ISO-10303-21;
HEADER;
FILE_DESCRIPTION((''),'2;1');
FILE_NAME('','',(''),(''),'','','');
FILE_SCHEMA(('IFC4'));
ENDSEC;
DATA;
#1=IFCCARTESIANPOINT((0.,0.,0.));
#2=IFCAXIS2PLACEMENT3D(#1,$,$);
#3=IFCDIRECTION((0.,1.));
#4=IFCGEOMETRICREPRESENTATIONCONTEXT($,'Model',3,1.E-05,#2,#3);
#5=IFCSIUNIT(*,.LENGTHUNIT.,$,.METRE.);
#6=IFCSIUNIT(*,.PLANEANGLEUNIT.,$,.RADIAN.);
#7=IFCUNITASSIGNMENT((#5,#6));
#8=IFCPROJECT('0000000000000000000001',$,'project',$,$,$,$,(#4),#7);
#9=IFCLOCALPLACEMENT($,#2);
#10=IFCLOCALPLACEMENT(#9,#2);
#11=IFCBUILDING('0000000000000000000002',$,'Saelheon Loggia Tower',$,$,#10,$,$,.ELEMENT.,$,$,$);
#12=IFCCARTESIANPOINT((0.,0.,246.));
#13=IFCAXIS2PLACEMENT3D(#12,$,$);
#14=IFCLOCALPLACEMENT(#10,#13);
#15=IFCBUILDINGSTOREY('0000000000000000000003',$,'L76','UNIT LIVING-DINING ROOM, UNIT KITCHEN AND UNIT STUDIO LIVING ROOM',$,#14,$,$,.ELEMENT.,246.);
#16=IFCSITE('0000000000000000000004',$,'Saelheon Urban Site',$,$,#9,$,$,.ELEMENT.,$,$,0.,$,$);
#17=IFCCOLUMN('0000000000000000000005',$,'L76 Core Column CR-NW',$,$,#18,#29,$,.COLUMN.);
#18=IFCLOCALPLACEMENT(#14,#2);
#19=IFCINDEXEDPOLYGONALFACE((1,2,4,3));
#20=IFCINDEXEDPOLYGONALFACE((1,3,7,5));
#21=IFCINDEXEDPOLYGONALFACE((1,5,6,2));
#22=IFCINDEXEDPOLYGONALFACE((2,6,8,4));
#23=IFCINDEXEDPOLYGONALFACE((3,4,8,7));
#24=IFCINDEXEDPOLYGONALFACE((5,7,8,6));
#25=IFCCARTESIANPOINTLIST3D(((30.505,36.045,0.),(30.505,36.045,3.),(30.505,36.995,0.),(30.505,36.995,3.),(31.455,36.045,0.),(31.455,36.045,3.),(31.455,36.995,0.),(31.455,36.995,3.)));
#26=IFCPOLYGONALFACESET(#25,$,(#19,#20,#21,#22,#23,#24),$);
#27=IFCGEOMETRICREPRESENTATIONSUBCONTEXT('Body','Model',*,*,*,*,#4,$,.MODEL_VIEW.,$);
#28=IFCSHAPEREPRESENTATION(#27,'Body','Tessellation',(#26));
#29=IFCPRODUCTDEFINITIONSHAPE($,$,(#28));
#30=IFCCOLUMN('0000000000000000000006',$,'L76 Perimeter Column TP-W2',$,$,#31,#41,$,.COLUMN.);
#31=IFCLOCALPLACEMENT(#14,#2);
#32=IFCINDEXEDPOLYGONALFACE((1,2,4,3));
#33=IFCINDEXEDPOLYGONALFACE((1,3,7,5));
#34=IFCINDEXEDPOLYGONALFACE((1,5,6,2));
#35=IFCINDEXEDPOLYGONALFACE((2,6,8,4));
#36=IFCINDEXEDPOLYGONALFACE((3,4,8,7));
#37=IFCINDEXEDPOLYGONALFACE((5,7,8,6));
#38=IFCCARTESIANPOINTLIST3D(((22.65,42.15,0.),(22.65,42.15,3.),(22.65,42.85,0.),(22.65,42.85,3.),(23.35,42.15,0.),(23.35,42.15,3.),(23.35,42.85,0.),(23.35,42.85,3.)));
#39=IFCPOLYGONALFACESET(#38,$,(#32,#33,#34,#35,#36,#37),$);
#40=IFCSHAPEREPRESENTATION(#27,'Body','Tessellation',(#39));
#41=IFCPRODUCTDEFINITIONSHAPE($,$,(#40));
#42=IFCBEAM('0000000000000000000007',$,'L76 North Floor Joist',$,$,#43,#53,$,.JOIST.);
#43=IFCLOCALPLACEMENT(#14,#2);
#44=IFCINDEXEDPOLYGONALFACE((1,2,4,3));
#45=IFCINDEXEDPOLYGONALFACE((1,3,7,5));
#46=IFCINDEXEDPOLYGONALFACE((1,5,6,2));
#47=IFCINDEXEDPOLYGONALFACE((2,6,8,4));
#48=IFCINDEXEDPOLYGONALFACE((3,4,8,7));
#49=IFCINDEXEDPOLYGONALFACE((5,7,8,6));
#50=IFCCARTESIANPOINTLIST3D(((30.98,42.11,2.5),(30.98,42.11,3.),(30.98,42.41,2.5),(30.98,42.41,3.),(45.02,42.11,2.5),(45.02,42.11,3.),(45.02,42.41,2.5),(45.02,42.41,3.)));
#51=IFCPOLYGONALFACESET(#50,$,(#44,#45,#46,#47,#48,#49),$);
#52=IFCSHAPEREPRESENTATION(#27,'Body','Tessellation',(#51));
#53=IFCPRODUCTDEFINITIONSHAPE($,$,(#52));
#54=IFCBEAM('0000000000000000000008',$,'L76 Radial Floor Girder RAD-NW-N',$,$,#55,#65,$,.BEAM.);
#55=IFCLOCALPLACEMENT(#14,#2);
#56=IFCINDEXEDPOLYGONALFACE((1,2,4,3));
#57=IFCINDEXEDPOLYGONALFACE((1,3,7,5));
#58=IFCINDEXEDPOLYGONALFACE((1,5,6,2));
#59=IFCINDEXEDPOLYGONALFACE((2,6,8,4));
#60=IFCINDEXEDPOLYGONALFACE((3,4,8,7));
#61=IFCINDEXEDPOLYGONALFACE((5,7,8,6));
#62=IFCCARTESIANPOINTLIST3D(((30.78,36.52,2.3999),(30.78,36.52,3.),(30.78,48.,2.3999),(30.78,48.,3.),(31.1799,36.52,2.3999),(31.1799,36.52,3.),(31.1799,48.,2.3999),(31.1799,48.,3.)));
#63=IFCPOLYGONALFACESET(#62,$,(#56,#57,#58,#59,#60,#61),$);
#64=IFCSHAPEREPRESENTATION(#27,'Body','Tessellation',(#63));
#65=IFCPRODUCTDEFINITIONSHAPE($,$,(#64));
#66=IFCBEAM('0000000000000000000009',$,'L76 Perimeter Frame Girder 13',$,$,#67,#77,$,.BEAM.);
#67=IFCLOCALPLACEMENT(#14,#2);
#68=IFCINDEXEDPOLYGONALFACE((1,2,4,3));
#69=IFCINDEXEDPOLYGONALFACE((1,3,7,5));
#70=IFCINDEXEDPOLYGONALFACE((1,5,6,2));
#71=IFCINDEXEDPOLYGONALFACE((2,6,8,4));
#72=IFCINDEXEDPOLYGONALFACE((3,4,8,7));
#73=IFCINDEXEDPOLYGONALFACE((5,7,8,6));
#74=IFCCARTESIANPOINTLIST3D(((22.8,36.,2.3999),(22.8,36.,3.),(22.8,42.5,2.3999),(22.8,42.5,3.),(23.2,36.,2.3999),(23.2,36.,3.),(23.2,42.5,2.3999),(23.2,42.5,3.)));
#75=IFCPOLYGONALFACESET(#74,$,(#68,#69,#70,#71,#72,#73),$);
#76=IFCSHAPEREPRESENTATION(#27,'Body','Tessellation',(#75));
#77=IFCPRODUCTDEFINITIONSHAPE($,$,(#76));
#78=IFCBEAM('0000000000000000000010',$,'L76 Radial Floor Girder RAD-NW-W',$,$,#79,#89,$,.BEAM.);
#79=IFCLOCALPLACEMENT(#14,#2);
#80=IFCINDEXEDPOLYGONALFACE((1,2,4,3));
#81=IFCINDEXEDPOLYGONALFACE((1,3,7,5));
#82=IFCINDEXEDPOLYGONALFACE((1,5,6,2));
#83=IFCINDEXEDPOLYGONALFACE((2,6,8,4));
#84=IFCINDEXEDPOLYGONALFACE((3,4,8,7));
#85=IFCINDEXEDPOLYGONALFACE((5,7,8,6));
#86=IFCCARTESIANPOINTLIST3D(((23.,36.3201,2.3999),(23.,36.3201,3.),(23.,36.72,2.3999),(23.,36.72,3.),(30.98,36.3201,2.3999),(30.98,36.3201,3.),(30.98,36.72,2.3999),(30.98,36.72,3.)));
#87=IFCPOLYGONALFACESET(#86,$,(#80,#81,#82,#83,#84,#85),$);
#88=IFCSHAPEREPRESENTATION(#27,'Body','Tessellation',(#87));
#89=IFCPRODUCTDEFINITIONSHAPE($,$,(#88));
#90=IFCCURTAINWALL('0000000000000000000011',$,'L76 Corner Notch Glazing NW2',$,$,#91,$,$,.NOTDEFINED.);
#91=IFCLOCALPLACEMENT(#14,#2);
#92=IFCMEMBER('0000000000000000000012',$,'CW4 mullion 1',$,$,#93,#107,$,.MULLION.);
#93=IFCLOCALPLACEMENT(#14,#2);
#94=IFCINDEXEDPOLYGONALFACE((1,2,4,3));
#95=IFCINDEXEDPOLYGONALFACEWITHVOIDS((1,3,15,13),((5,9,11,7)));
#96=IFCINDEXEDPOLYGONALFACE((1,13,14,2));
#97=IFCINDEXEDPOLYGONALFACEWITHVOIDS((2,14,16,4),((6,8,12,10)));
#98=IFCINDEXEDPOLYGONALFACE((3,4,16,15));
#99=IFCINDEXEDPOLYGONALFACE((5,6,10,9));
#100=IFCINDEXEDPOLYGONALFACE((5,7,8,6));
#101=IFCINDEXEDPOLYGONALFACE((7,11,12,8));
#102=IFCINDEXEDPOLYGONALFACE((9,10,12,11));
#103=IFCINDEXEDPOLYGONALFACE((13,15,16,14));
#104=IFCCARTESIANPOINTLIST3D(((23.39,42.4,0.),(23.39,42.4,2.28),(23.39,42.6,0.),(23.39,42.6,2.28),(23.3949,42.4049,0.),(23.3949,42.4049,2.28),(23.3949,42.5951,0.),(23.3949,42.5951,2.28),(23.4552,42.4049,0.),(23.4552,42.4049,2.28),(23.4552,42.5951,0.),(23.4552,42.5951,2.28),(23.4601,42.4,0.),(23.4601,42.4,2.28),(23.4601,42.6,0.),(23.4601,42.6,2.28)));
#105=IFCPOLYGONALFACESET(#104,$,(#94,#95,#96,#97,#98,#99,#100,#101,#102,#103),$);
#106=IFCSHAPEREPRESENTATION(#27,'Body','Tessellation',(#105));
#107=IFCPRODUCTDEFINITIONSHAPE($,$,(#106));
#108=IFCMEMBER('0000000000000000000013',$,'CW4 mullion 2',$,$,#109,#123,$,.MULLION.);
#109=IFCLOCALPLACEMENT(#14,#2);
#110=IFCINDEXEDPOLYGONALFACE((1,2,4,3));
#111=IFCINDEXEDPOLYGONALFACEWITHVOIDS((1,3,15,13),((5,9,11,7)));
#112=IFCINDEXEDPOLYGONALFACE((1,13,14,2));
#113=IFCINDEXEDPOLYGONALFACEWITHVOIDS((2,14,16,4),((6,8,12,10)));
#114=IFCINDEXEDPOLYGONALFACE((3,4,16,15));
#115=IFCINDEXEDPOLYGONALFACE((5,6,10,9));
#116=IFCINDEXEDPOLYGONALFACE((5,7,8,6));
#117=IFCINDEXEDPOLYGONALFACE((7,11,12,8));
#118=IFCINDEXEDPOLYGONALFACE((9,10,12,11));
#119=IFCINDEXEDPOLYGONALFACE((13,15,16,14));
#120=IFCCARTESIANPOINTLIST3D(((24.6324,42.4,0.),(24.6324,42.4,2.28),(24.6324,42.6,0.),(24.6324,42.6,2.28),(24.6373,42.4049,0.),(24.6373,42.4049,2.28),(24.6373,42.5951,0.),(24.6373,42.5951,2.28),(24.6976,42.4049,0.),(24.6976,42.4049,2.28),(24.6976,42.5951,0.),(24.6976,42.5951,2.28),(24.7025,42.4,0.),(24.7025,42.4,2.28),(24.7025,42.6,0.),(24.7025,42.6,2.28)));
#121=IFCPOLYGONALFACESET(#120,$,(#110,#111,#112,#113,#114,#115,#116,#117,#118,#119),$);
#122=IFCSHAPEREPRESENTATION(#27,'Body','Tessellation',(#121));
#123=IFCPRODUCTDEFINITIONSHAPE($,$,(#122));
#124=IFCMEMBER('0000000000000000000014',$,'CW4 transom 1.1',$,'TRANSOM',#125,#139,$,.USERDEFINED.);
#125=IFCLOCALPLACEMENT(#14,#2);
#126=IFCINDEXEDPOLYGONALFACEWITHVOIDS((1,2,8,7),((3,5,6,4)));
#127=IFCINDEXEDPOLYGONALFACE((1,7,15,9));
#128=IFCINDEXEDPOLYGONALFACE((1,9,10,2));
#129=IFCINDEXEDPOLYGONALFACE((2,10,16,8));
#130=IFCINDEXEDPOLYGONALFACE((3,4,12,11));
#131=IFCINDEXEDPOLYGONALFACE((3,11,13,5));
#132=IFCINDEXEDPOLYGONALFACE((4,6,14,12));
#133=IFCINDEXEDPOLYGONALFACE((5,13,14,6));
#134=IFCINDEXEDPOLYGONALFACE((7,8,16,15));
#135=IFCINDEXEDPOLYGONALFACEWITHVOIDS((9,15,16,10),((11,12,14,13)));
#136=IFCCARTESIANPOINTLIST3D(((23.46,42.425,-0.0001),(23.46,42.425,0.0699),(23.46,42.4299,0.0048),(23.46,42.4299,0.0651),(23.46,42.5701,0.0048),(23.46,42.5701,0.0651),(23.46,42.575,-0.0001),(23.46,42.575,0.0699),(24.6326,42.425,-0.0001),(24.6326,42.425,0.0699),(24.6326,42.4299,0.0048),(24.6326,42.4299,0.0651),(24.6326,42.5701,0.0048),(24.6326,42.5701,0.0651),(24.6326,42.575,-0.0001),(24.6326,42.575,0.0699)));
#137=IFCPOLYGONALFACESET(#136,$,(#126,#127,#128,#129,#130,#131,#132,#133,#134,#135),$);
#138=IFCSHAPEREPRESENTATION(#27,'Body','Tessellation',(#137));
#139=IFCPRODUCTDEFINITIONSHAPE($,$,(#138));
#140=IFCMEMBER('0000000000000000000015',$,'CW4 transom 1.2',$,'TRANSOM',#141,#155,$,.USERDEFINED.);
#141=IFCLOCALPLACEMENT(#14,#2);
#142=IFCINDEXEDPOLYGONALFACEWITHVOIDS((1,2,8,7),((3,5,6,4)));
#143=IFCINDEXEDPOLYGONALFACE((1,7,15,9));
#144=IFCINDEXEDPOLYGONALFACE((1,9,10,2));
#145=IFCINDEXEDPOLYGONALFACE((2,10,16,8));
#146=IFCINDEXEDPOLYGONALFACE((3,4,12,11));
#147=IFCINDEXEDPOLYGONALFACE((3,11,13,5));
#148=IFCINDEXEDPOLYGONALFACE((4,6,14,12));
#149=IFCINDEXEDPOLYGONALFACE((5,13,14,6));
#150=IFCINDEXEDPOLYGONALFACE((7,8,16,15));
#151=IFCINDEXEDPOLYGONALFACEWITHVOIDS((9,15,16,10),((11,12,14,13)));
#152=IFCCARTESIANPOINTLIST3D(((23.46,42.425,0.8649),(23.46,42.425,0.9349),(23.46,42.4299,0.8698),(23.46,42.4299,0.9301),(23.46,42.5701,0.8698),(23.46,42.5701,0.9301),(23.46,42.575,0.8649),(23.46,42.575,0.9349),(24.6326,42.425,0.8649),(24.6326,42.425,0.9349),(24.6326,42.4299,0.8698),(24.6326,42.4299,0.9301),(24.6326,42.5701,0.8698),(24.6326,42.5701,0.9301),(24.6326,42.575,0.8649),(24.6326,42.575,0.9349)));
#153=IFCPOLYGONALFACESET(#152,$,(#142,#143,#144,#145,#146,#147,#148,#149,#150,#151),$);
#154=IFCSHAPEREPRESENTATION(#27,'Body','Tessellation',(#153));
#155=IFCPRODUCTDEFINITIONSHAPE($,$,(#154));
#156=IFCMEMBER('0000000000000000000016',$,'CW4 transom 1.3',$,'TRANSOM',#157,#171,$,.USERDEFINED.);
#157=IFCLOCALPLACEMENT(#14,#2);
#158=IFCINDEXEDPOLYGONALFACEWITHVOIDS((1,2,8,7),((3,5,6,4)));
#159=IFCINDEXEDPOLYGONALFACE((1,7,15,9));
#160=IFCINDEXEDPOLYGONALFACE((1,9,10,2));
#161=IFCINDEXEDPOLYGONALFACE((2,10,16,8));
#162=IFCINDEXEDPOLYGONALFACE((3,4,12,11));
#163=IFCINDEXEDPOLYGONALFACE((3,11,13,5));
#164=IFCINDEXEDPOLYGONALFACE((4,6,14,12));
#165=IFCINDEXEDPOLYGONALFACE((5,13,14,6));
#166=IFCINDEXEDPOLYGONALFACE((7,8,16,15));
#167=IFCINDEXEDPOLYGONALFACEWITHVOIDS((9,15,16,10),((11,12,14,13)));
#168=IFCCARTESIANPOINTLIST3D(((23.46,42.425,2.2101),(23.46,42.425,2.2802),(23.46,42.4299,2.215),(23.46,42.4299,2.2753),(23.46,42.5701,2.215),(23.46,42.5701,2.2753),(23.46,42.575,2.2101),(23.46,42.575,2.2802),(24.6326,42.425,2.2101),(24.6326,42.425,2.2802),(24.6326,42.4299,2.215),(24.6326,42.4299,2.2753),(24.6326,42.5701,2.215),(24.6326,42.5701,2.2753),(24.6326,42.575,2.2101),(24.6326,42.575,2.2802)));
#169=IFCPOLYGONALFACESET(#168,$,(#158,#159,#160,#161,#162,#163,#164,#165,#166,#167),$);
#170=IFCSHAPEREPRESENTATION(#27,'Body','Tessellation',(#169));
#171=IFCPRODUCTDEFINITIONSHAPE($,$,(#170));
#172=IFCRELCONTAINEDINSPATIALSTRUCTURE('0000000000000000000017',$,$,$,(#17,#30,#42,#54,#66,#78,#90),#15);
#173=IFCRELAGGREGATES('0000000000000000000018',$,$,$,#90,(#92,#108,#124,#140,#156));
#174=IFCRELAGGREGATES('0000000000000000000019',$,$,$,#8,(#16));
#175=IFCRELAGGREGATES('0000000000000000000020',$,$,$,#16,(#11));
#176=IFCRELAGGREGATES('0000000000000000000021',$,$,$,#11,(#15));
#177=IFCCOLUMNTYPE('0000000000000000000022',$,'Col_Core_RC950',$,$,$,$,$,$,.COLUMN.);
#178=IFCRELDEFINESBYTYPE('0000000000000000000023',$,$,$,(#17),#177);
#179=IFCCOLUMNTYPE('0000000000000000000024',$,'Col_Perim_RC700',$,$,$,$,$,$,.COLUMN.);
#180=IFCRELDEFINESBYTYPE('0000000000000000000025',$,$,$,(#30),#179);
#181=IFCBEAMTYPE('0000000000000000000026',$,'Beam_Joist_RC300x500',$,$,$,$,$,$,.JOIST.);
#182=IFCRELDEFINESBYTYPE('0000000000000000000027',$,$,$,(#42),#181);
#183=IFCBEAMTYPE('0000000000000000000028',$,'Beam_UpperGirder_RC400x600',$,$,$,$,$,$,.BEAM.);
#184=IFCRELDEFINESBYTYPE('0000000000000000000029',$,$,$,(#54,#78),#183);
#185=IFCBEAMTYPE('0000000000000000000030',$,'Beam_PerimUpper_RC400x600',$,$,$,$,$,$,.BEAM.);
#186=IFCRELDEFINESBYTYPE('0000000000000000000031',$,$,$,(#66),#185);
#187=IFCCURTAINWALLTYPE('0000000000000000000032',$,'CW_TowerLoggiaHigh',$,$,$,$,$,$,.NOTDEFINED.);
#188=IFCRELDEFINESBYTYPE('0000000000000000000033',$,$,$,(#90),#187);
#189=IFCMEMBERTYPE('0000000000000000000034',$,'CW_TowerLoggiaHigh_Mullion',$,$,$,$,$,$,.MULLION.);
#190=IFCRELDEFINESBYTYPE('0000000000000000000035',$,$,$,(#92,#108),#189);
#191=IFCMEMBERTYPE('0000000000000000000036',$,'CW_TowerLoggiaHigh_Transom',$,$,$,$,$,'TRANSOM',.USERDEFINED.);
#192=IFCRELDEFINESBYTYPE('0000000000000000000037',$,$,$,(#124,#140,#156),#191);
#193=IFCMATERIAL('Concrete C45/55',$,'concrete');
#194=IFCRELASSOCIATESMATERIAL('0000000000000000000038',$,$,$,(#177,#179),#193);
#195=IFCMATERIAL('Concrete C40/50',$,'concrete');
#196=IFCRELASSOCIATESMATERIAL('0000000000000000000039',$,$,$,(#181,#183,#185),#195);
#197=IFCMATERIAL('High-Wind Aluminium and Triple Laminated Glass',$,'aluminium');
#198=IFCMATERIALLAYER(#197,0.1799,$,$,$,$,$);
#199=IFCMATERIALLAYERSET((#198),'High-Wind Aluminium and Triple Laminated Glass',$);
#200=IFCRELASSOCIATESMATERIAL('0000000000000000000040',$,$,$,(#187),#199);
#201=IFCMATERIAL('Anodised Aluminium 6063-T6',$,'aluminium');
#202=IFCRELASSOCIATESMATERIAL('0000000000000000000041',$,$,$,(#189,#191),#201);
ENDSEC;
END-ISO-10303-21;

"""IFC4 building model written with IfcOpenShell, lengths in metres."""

from ifc_helpers import new_model, si_unit, direction, frame, origin, origin_2d, place, context, subcontext, project, spatial, rectangle, hollow_rectangle, extrude, source, transform, mapped, material, layer, layer_set, material_profile, profile_set, type_object, element, aggregate, save


model = new_model("IFC4")

# Units and contexts
model_context = context("Model", 3, precision=1e-05, world=origin(), true_north=direction((0.0, 1.0)))
body_context = subcontext(model_context, "Body", "Model", "MODEL_VIEW")
ifc_project = project(units=[si_unit("LENGTHUNIT", "METRE"), si_unit("PLANEANGLEUNIT", "RADIAN")], contexts=[model_context])

# Site, building, storey
site_placement = place(None, origin())
site = spatial("IfcSite", under=ifc_project, at=site_placement, Name="Saelheon Urban Site", CompositionType="ELEMENT", RefElevation=0.0)
building_placement = place(site_placement, origin())
building = spatial("IfcBuilding", under=site, at=building_placement, Name="Saelheon Loggia Tower", CompositionType="ELEMENT")
storey_placement = place(building_placement, frame((0.0, 0.0, 246.0)))
storey = spatial("IfcBuildingStorey", under=building, at=storey_placement, Name="L76", Description="UNIT LIVING-DINING ROOM, UNIT KITCHEN AND UNIT STUDIO LIVING ROOM", CompositionType="ELEMENT", Elevation=246.0)

# Columns
ifc_material_1 = material(Name="Concrete C45/55", Category="concrete")
ifc_material_profile_1 = material_profile(ifc_material_1, rectangle(XDim=0.95, YDim=0.95, at=origin_2d()), Name="RC-950x950")
ifc_profile_set_1 = profile_set([ifc_material_profile_1], Name="Concrete C45/55")
column_type_1 = type_object("IfcColumnType", Name="Col_Core_RC950", PredefinedType="COLUMN", material=ifc_profile_set_1)
shared_shape_1 = source(origin(), body_context, "Body", "SweptSolid", [
    extrude(rectangle(XDim=0.95, YDim=0.95, at=origin_2d()), origin(), (0.0, 0.0, 1.0), 3.0),
])
column_1_placement = place(storey_placement, frame((30.98, 36.52, 0.0), z_axis=(0.0, 0.0, 1.0), x_axis=(1.0, 0.0, 0.0)))
element("IfcColumn", 1, at=column_1_placement, inside=storey, type_object=column_type_1, Name="L76 Core Column CR-NW", PredefinedType="COLUMN", context=body_context, shape_type="MappedRepresentation", body=[
    mapped(shared_shape_1, transform((0.0, 0.0, 0.0), scale=1.0)),
])
ifc_material_profile_2 = material_profile(ifc_material_1, rectangle(XDim=0.7, YDim=0.7, at=origin_2d()), Name="RC-700x700")
ifc_profile_set_2 = profile_set([ifc_material_profile_2], Name="Concrete C45/55")
column_type_2 = type_object("IfcColumnType", Name="Col_Perim_RC700", PredefinedType="COLUMN", material=ifc_profile_set_2)
shared_shape_2 = source(origin(), body_context, "Body", "SweptSolid", [
    extrude(rectangle(XDim=0.7, YDim=0.7, at=origin_2d()), origin(), (0.0, 0.0, 1.0), 3.0),
])
column_2_placement = place(storey_placement, frame((23.0, 42.5, 0.0), z_axis=(0.0, 0.0, 1.0), x_axis=(1.0, 0.0, 0.0)))
element("IfcColumn", 2, at=column_2_placement, inside=storey, type_object=column_type_2, Name="L76 Perimeter Column TP-W2", PredefinedType="COLUMN", context=body_context, shape_type="MappedRepresentation", body=[
    mapped(shared_shape_2, transform((0.0, 0.0, 0.0), scale=1.0)),
])

# Beams
ifc_material_2 = material(Name="Concrete C40/50", Category="concrete")
ifc_material_profile_3 = material_profile(ifc_material_2, rectangle(XDim=0.3, YDim=0.5, at=origin_2d()), Name="RC-300x500")
ifc_profile_set_3 = profile_set([ifc_material_profile_3], Name="Concrete C40/50")
beam_type_1 = type_object("IfcBeamType", Name="Beam_Joist_RC300x500", PredefinedType="JOIST", material=ifc_profile_set_3)
shared_shape_3 = source(origin(), body_context, "Body", "SweptSolid", [
    extrude(rectangle(XDim=0.3, YDim=0.5, at=origin_2d()), origin(), (0.0, 0.0, 1.0), 14.04),
])
beam_1_placement = place(storey_placement, frame((30.98, 42.26, 2.75), z_axis=(1.0, 0.0, 0.0), x_axis=(0.0, 1.0, 0.0)))
element("IfcBeam", 3, at=beam_1_placement, inside=storey, type_object=beam_type_1, Name="L76 North Floor Joist", PredefinedType="JOIST", context=body_context, shape_type="MappedRepresentation", body=[
    mapped(shared_shape_3, transform((0.0, 0.0, 0.0), scale=1.0)),
])
ifc_material_profile_4 = material_profile(ifc_material_2, rectangle(XDim=0.3999, YDim=0.6001, at=origin_2d()), Name="RC-400x600")
ifc_profile_set_4 = profile_set([ifc_material_profile_4], Name="Concrete C40/50")
beam_type_2 = type_object("IfcBeamType", Name="Beam_UpperGirder_RC400x600", PredefinedType="BEAM", material=ifc_profile_set_4)
shared_shape_4 = source(origin(), body_context, "Body", "SweptSolid", [
    extrude(rectangle(XDim=0.3999, YDim=0.6001, at=origin_2d()), origin(), (0.0, 0.0, 1.0), 11.48),
])
beam_2_placement = place(storey_placement, frame((30.98, 36.52, 2.7), z_axis=(0.0, 1.0, 0.0), x_axis=(-1.0, 0.0, 0.0)))
element("IfcBeam", 4, at=beam_2_placement, inside=storey, type_object=beam_type_2, Name="L76 Radial Floor Girder RAD-NW-N", PredefinedType="BEAM", context=body_context, shape_type="MappedRepresentation", body=[
    mapped(shared_shape_4, transform((0.0, 0.0, 0.0), scale=1.0)),
])
ifc_material_profile_5 = material_profile(ifc_material_2, rectangle(XDim=0.3999, YDim=0.6001, at=origin_2d()), Name="RC-400x600")
ifc_profile_set_5 = profile_set([ifc_material_profile_5], Name="Concrete C40/50")
beam_type_3 = type_object("IfcBeamType", Name="Beam_PerimUpper_RC400x600", PredefinedType="BEAM", material=ifc_profile_set_5)
shared_shape_5 = source(origin(), body_context, "Body", "SweptSolid", [
    extrude(rectangle(XDim=0.3999, YDim=0.6001, at=origin_2d()), origin(), (0.0, 0.0, 1.0), 6.5),
])
beam_3_placement = place(storey_placement, frame((23.0, 42.5, 2.7), z_axis=(0.0, -1.0, 0.0), x_axis=(1.0, 0.0, 0.0)))
element("IfcBeam", 5, at=beam_3_placement, inside=storey, type_object=beam_type_3, Name="L76 Perimeter Frame Girder 13", PredefinedType="BEAM", context=body_context, shape_type="MappedRepresentation", body=[
    mapped(shared_shape_5, transform((0.0, 0.0, 0.0), scale=1.0)),
])
shared_shape_6 = source(origin(), body_context, "Body", "SweptSolid", [
    extrude(rectangle(XDim=0.3999, YDim=0.6001, at=origin_2d()), origin(), (0.0, 0.0, 1.0), 7.98),
])
beam_4_placement = place(storey_placement, frame((30.98, 36.52, 2.7), z_axis=(-1.0, 0.0, 0.0), x_axis=(0.0, -1.0, 0.0)))
element("IfcBeam", 6, at=beam_4_placement, inside=storey, type_object=beam_type_2, Name="L76 Radial Floor Girder RAD-NW-W", PredefinedType="BEAM", context=body_context, shape_type="MappedRepresentation", body=[
    mapped(shared_shape_6, transform((0.0, 0.0, 0.0), scale=1.0)),
])

# Curtain wall, members
ifc_material_3 = material(Name="High-Wind Aluminium and Triple Laminated Glass", Category="aluminium")
ifc_layer_1 = layer(ifc_material_3, 0.1799)
ifc_layer_set_1 = layer_set([ifc_layer_1], Name="High-Wind Aluminium and Triple Laminated Glass")
curtain_wall_type = type_object("IfcCurtainWallType", Name="CW_TowerLoggiaHigh", PredefinedType="NOTDEFINED", material=ifc_layer_set_1)
curtain_wall_placement = place(storey_placement, origin())
curtain_wall = element("IfcCurtainWall", 7, at=curtain_wall_placement, inside=storey, type_object=curtain_wall_type, Name="L76 Corner Notch Glazing NW2", PredefinedType="NOTDEFINED")
ifc_material_4 = material(Name="Anodised Aluminium 6063-T6", Category="aluminium")
ifc_material_profile_6 = material_profile(ifc_material_4, hollow_rectangle(XDim=0.0701, YDim=0.2, WallThickness=0.0049, at=origin_2d()), Name="RHS-200x70x5")
ifc_profile_set_6 = profile_set([ifc_material_profile_6], Name="Anodised Aluminium 6063-T6")
member_type_1 = type_object("IfcMemberType", Name="CW_TowerLoggiaHigh_Mullion", PredefinedType="MULLION", material=ifc_profile_set_6)
shared_shape_7 = source(origin(), body_context, "Body", "SweptSolid", [
    extrude(hollow_rectangle(XDim=0.0701, YDim=0.2, WallThickness=0.0049, at=origin_2d()), origin(), (0.0, 0.0, 1.0), 2.28),
])
member_1_placement = place(storey_placement, frame((23.425, 42.5, 0.0), z_axis=(0.0, 0.0, 1.0), x_axis=(1.0, 0.0, 0.0)))
member_1 = element("IfcMember", 8, at=member_1_placement, type_object=member_type_1, Name="CW4 mullion 1", PredefinedType="MULLION", context=body_context, shape_type="MappedRepresentation", body=[
    mapped(shared_shape_7, transform((0.0, 0.0, 0.0), scale=1.0)),
])
member_2_placement = place(storey_placement, frame((24.6675, 42.5, 0.0), z_axis=(0.0, 0.0, 1.0), x_axis=(1.0, 0.0, 0.0)))
member_2 = element("IfcMember", 9, at=member_2_placement, type_object=member_type_1, Name="CW4 mullion 2", PredefinedType="MULLION", context=body_context, shape_type="MappedRepresentation", body=[
    mapped(shared_shape_7, transform((0.0, 0.0, 0.0), scale=1.0)),
])
ifc_material_profile_7 = material_profile(ifc_material_4, hollow_rectangle(XDim=0.0701, YDim=0.1499, WallThickness=0.0049, at=origin_2d()), Name="RHS-150x70x5")
ifc_profile_set_7 = profile_set([ifc_material_profile_7], Name="Anodised Aluminium 6063-T6")
member_type_2 = type_object("IfcMemberType", Name="CW_TowerLoggiaHigh_Transom", ElementType="TRANSOM", PredefinedType="USERDEFINED", material=ifc_profile_set_7)
shared_shape_8 = source(origin(), body_context, "Body", "SweptSolid", [
    extrude(hollow_rectangle(XDim=0.0701, YDim=0.1499, WallThickness=0.0049, at=origin_2d()), origin(), (0.0, 0.0, 1.0), 1.1726),
])
member_3_placement = place(storey_placement, frame((23.46, 42.5, 0.0349), z_axis=(1.0, 0.0, 0.0), x_axis=(0.0, 0.0, 1.0)))
member_3 = element("IfcMember", 10, at=member_3_placement, type_object=member_type_2, Name="CW4 transom 1.1", ObjectType="TRANSOM", PredefinedType="USERDEFINED", context=body_context, shape_type="MappedRepresentation", body=[
    mapped(shared_shape_8, transform((0.0, 0.0, 0.0), scale=1.0)),
])
member_4_placement = place(storey_placement, frame((23.46, 42.5, 0.8999), z_axis=(1.0, 0.0, 0.0), x_axis=(0.0, 0.0, 1.0)))
member_4 = element("IfcMember", 11, at=member_4_placement, type_object=member_type_2, Name="CW4 transom 1.2", ObjectType="TRANSOM", PredefinedType="USERDEFINED", context=body_context, shape_type="MappedRepresentation", body=[
    mapped(shared_shape_8, transform((0.0, 0.0, 0.0), scale=1.0)),
])
member_5_placement = place(storey_placement, frame((23.46, 42.5, 2.2451), z_axis=(1.0, 0.0, 0.0), x_axis=(0.0, 0.0, 1.0)))
member_5 = element("IfcMember", 12, at=member_5_placement, type_object=member_type_2, Name="CW4 transom 1.3", ObjectType="TRANSOM", PredefinedType="USERDEFINED", context=body_context, shape_type="MappedRepresentation", body=[
    mapped(shared_shape_8, transform((0.0, 0.0, 0.0), scale=1.0)),
])
aggregate(curtain_wall, [member_1, member_2, member_3, member_4, member_5])

save(model, "model.ifc")
